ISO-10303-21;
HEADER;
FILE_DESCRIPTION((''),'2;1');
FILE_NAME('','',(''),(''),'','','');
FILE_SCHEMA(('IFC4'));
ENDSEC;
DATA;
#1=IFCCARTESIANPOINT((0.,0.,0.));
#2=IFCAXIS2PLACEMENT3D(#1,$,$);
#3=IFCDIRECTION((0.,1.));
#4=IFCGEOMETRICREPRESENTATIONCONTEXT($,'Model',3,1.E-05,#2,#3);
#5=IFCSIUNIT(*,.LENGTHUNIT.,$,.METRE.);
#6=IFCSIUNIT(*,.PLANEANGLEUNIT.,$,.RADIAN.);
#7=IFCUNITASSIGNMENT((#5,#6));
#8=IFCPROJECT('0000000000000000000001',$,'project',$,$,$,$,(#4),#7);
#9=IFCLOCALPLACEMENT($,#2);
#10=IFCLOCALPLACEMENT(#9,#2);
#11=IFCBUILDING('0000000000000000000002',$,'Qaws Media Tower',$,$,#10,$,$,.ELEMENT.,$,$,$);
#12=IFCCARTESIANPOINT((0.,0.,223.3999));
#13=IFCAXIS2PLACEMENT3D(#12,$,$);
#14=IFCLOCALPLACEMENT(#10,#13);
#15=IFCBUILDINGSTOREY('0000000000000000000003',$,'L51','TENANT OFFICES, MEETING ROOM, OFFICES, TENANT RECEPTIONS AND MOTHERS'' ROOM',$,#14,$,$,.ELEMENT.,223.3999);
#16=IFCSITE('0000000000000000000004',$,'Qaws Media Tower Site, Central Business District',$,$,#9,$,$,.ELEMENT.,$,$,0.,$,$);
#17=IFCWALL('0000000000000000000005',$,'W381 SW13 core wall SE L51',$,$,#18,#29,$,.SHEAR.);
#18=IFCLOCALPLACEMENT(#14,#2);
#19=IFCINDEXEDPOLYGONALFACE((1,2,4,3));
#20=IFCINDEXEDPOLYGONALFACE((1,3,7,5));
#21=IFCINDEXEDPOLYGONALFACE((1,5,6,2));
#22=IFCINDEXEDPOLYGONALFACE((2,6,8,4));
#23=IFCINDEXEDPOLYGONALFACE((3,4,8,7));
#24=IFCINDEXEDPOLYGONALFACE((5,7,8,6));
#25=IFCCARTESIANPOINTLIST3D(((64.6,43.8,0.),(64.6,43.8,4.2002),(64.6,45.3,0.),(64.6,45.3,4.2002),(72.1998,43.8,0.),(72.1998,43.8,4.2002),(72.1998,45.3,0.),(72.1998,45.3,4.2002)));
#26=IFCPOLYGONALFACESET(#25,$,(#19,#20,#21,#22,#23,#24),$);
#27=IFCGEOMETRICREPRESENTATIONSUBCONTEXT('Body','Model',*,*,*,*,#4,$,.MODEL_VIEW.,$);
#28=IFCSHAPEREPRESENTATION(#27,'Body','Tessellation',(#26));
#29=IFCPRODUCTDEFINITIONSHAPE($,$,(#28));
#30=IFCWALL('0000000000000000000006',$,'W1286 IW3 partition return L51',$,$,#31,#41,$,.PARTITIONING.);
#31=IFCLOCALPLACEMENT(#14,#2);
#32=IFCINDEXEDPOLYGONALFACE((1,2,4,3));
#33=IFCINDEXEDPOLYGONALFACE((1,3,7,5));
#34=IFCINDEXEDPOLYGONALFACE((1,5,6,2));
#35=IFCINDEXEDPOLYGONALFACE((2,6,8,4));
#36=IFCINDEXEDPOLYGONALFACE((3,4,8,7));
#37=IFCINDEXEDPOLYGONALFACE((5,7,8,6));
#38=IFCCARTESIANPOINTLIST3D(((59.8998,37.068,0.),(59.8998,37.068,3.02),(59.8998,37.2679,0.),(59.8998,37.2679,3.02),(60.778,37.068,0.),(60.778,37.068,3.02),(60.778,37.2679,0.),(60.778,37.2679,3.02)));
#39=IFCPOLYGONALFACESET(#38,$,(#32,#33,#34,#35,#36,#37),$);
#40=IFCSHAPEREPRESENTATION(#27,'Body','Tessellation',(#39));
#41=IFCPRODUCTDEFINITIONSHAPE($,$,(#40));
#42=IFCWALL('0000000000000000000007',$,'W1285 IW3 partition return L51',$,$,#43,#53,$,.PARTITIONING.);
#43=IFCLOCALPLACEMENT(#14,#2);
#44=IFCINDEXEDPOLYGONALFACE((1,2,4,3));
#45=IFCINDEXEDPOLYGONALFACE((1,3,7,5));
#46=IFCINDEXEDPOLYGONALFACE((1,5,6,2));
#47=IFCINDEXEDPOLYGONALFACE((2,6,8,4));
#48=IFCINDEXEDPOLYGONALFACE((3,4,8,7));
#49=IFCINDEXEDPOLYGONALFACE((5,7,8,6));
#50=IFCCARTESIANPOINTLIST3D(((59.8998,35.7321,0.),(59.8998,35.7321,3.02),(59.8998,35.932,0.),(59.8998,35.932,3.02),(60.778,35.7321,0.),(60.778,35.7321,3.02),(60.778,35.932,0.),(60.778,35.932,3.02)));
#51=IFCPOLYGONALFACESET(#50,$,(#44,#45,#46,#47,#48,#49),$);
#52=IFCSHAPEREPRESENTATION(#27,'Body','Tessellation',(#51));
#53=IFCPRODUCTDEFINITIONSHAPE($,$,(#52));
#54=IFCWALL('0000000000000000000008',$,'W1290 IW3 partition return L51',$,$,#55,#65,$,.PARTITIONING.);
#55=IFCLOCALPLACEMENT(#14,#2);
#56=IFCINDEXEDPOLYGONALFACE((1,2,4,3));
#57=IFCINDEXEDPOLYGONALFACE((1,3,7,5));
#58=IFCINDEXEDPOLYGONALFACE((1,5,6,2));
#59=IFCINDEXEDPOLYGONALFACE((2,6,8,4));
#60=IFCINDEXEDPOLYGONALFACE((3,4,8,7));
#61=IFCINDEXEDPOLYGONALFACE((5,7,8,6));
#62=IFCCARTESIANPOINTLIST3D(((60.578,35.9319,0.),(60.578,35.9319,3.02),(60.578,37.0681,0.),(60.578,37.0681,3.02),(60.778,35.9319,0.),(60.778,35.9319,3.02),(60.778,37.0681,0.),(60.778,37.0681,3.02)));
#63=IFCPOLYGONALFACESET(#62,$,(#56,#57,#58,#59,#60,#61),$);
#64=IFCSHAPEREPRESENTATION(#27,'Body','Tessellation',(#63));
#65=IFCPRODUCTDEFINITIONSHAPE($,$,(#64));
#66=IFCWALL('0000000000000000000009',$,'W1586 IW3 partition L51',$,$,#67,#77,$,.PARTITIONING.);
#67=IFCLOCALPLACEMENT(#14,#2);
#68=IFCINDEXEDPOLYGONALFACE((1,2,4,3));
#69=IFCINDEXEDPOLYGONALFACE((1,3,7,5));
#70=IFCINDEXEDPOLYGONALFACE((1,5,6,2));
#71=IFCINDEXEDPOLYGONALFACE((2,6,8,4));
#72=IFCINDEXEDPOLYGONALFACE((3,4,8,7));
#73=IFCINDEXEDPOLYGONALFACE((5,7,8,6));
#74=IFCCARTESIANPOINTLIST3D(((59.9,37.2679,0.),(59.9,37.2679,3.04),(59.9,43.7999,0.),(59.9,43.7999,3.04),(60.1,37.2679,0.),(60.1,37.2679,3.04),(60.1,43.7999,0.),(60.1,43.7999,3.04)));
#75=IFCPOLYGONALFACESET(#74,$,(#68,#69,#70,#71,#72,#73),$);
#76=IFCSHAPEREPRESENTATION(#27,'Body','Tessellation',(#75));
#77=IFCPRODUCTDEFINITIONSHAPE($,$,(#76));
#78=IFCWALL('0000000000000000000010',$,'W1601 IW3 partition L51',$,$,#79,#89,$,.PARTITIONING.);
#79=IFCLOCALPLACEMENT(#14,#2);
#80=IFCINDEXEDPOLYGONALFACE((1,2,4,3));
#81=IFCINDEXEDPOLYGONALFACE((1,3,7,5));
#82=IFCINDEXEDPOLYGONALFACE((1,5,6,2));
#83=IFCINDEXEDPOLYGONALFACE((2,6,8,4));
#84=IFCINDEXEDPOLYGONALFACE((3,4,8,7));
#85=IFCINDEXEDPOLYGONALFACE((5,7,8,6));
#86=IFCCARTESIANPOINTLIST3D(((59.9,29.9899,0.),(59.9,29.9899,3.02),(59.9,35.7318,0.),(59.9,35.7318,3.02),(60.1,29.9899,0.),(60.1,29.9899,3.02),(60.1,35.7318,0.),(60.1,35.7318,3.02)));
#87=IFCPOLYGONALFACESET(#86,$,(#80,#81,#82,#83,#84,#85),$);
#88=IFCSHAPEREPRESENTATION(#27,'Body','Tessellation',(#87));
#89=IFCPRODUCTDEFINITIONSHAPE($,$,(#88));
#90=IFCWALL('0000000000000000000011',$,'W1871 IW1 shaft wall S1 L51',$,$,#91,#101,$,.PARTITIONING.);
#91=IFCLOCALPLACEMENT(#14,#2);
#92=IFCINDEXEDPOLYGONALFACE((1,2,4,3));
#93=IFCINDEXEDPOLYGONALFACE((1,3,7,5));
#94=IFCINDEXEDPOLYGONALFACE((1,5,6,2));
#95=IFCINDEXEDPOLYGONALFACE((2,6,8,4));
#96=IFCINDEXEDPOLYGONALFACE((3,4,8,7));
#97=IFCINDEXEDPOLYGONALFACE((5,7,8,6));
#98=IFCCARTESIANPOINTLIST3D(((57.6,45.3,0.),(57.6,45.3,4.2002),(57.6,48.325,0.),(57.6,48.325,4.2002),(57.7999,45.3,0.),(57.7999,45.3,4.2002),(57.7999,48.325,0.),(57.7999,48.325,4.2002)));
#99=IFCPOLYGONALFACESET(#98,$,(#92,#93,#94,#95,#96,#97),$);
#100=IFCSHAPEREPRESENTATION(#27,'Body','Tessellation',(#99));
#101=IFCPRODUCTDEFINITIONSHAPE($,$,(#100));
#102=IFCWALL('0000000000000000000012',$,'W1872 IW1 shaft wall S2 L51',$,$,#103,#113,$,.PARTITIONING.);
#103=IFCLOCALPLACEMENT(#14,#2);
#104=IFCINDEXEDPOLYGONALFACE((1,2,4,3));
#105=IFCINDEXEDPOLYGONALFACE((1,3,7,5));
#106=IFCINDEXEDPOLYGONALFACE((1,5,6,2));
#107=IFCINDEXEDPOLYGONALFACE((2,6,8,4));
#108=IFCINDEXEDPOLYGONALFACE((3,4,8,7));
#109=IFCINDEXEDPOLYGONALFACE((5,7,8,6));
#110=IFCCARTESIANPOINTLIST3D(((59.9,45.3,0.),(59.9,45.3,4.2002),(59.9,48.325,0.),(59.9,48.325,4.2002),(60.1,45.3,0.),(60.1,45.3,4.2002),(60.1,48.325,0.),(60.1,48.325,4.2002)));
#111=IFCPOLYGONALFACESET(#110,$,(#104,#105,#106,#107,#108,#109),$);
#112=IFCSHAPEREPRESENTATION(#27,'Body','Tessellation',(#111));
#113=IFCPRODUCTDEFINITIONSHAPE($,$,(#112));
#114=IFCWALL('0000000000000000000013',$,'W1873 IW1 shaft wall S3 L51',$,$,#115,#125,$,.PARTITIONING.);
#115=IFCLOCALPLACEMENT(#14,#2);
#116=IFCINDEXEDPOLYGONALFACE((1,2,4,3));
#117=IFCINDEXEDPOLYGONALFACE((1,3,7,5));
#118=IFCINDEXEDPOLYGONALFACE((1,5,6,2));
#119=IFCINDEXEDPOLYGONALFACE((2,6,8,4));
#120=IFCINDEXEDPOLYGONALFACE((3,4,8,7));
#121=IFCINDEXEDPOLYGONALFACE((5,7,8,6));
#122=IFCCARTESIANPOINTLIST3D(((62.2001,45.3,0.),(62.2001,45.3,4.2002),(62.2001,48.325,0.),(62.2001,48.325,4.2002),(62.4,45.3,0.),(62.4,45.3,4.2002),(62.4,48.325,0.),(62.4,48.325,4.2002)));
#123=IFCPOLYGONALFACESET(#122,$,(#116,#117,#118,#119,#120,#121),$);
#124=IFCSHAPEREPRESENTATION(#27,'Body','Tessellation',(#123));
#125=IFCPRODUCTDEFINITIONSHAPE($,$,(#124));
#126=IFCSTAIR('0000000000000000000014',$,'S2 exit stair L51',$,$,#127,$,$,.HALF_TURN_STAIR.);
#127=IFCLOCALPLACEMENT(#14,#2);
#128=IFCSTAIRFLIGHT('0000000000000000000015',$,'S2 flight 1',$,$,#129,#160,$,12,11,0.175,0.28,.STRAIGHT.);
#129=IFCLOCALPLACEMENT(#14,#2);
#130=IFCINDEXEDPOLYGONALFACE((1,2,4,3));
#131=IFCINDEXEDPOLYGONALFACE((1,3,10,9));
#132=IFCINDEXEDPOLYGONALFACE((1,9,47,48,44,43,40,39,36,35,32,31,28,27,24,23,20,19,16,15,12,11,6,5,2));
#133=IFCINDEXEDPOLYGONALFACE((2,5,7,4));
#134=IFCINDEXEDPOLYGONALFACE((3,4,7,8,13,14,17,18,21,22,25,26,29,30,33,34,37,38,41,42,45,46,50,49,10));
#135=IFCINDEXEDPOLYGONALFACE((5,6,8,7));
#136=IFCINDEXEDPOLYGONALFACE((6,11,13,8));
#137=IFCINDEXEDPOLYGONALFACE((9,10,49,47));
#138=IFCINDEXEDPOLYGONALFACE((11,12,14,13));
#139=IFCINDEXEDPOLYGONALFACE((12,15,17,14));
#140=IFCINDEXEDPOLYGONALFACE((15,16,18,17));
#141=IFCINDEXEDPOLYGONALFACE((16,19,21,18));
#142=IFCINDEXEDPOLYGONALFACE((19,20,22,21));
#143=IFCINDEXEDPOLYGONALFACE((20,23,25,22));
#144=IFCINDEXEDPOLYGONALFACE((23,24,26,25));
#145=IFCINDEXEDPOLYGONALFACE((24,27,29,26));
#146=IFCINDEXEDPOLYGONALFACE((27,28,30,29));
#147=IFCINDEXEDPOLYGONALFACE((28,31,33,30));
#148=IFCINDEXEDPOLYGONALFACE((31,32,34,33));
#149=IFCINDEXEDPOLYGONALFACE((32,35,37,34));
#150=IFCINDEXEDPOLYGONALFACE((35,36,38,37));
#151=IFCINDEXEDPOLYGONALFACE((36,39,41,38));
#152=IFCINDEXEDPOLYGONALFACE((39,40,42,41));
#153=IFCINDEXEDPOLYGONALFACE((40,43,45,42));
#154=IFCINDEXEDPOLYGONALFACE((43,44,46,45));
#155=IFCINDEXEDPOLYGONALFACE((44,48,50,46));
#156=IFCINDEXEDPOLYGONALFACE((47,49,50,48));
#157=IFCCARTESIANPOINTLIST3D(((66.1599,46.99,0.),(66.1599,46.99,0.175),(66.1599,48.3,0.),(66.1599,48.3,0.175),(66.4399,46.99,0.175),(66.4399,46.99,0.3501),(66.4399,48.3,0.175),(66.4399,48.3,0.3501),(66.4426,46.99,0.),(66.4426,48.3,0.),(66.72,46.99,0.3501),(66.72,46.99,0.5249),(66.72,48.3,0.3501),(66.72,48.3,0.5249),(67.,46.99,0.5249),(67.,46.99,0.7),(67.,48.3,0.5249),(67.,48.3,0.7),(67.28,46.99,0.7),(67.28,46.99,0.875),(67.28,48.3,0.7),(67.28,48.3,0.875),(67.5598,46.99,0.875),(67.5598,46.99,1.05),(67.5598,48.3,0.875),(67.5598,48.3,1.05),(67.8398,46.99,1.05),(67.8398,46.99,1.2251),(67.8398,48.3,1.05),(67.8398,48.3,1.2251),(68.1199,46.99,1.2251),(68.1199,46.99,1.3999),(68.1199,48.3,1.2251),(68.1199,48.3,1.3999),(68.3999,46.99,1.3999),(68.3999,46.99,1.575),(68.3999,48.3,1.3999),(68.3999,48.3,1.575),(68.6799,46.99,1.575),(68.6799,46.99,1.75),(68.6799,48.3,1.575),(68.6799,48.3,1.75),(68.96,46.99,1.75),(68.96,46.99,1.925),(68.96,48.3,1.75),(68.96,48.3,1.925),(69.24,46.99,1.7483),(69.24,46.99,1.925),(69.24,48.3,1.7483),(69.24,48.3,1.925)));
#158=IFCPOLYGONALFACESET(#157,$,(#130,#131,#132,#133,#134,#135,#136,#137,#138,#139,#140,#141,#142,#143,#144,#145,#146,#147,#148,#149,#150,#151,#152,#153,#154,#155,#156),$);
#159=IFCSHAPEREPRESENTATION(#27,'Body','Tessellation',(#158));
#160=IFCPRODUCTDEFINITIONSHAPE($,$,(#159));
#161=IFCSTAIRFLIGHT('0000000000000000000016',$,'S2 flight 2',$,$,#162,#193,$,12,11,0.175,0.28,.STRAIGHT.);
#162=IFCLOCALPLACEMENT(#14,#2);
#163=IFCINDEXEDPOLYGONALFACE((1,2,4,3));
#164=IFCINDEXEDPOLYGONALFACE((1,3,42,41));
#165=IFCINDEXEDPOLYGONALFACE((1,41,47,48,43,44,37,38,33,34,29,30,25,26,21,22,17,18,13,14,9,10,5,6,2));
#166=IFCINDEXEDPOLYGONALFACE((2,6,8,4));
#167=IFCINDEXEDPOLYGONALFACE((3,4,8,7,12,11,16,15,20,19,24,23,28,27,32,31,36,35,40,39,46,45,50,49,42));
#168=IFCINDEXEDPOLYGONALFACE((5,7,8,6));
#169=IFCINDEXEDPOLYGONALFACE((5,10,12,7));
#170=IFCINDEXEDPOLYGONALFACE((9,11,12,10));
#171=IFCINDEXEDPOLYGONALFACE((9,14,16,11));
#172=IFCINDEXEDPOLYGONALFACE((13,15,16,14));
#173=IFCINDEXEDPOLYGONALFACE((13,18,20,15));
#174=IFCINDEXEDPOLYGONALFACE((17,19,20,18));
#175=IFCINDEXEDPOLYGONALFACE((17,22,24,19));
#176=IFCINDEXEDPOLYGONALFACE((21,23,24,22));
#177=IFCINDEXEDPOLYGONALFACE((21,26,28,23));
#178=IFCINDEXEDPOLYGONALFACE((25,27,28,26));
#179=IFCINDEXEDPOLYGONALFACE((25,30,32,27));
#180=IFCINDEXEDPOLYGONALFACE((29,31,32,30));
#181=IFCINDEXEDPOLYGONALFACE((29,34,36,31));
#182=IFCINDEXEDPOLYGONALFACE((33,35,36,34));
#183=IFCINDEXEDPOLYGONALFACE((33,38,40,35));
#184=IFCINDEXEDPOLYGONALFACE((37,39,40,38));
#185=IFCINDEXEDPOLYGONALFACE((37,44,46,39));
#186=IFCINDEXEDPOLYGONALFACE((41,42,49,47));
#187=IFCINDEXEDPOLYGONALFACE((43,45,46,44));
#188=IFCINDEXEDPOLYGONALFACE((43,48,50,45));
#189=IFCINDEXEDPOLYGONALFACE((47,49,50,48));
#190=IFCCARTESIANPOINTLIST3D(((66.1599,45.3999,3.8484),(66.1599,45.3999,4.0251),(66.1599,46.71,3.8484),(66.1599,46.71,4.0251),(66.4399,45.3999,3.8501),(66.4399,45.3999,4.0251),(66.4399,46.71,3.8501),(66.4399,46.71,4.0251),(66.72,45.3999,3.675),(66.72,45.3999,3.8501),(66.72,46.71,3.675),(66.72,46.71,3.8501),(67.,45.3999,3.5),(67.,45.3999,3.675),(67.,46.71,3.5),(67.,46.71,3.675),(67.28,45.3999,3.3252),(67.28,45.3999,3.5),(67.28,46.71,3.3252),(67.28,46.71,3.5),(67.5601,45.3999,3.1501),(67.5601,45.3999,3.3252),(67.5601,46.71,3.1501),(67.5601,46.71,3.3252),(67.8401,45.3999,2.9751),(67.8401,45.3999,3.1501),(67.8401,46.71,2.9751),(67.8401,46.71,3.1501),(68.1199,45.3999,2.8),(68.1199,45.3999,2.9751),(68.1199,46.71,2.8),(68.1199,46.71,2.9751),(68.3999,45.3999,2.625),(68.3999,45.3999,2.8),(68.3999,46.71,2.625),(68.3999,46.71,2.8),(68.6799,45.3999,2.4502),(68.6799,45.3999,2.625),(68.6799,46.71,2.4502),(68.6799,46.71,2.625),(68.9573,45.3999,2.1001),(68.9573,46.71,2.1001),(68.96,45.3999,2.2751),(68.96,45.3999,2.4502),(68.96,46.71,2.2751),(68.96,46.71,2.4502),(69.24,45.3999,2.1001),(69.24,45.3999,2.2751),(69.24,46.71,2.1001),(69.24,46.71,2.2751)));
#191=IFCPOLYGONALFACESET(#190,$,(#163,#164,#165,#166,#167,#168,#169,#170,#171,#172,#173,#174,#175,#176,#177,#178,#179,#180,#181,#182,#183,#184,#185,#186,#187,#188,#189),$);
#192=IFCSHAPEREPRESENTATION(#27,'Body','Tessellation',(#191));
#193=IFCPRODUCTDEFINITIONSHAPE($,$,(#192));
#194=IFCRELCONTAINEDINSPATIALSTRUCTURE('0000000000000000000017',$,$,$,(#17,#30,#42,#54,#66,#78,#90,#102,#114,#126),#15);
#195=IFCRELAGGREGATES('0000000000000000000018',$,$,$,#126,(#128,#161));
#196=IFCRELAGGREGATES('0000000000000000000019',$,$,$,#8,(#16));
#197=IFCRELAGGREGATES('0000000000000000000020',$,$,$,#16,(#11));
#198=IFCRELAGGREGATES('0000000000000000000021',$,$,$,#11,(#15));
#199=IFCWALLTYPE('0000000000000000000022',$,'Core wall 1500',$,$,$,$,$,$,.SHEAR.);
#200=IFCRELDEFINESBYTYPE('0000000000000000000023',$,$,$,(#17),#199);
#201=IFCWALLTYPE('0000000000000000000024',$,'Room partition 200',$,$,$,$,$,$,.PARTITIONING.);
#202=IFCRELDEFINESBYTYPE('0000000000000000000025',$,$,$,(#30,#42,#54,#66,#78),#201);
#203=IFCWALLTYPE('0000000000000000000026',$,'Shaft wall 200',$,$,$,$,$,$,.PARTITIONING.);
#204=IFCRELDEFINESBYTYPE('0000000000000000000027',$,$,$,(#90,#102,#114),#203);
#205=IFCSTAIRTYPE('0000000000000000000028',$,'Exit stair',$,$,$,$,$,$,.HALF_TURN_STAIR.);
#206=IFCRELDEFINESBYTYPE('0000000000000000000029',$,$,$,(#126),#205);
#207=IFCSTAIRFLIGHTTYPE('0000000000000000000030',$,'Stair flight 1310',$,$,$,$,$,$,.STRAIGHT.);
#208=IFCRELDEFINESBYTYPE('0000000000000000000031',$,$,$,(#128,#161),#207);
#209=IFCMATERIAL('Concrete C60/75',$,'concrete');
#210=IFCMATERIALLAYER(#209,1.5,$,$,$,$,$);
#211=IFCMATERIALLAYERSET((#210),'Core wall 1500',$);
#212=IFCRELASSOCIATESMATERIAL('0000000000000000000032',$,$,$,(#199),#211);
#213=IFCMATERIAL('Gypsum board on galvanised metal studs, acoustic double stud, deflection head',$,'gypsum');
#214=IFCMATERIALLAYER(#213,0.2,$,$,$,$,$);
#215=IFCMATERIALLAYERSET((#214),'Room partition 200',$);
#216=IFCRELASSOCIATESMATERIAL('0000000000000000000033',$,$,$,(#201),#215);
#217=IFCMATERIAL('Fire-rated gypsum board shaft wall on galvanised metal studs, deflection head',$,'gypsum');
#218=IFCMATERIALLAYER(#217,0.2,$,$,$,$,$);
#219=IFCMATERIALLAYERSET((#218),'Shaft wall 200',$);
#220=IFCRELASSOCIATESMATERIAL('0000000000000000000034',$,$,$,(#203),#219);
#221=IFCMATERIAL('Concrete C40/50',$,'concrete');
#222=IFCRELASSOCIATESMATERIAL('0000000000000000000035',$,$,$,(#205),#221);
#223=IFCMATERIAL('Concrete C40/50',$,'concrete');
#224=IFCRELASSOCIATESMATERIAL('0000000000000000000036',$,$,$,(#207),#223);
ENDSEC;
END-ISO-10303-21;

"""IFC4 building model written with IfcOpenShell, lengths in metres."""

from ifc_helpers import new_model, si_unit, direction, frame, frame_2d, origin, place, context, subcontext, project, spatial, polyline, rectangle, outline, extrude, material, layer, layer_set, type_object, element, aggregate, save


model = new_model("IFC4")

# Units and contexts
model_context = context("Model", 3, precision=1e-05, world=origin(), true_north=direction((0.0, 1.0)))
body_context = subcontext(model_context, "Body", "Model", "MODEL_VIEW")
ifc_project = project(units=[si_unit("LENGTHUNIT", "METRE"), si_unit("PLANEANGLEUNIT", "RADIAN")], contexts=[model_context])

# Site, building, storey
site_placement = place(None, origin())
site = spatial("IfcSite", under=ifc_project, at=site_placement, Name="Qaws Media Tower Site, Central Business District", CompositionType="ELEMENT", RefElevation=0.0)
building_placement = place(site_placement, origin())
building = spatial("IfcBuilding", under=site, at=building_placement, Name="Qaws Media Tower", CompositionType="ELEMENT")
storey_placement = place(building_placement, frame((0.0, 0.0, 223.3999)))
storey = spatial("IfcBuildingStorey", under=building, at=storey_placement, Name="L51", Description="TENANT OFFICES, MEETING ROOM, OFFICES, TENANT RECEPTIONS AND MOTHERS' ROOM", CompositionType="ELEMENT", Elevation=223.3999)

# Walls
ifc_material_1 = material(Name="Concrete C60/75", Category="concrete")
ifc_layer_1 = layer(ifc_material_1, 1.5)
ifc_layer_set_1 = layer_set([ifc_layer_1], Name="Core wall 1500")
wall_type_1 = type_object("IfcWallType", Name="Core wall 1500", PredefinedType="SHEAR", material=ifc_layer_set_1)
wall_1_placement = place(storey_placement, frame((64.6001, 44.55, 0.0), z_axis=(0.0, 0.0, 1.0), x_axis=(1.0, 0.0, 0.0)))
element("IfcWall", 1, at=wall_1_placement, inside=storey, type_object=wall_type_1, Name="W381 SW13 core wall SE L51", PredefinedType="SHEAR", context=body_context, shape_type="SweptSolid", body=[
    extrude(rectangle(XDim=7.5999, YDim=1.5, at=frame_2d((3.7998, 0.0))), origin(), (0.0, 0.0, 1.0), 4.2002),
])
ifc_material_2 = material(Name="Gypsum board on galvanised metal studs, acoustic double stud, deflection head", Category="gypsum")
ifc_layer_2 = layer(ifc_material_2, 0.2)
ifc_layer_set_2 = layer_set([ifc_layer_2], Name="Room partition 200")
wall_type_2 = type_object("IfcWallType", Name="Room partition 200", PredefinedType="PARTITIONING", material=ifc_layer_set_2)
for number, where, z_axis, x_axis, name in (
    (2, (59.8999, 37.168, 0.0), (0.0, 0.0, 1.0), (1.0, 0.0, 0.0), "W1286 IW3 partition return L51"),
    (3, (59.8999, 35.832, 0.0), (0.0, 0.0, 1.0), (1.0, 0.0, 0.0), "W1285 IW3 partition return L51"),
):
    element("IfcWall", number, at=place(storey_placement, frame(where, z_axis=z_axis, x_axis=x_axis)), inside=storey, type_object=wall_type_2, Name=name, PredefinedType="PARTITIONING", context=body_context, shape_type="SweptSolid", body=[
        extrude(rectangle(XDim=0.8782, YDim=0.2, at=frame_2d((0.439, 0.0))), origin(), (0.0, 0.0, 1.0), 3.02),
    ])
wall_2_placement = place(storey_placement, frame((60.678, 37.0681, 0.0), z_axis=(0.0, 0.0, 1.0), x_axis=(0.0, -1.0, 0.0)))
element("IfcWall", 4, at=wall_2_placement, inside=storey, type_object=wall_type_2, Name="W1290 IW3 partition return L51", PredefinedType="PARTITIONING", context=body_context, shape_type="SweptSolid", body=[
    extrude(rectangle(XDim=1.1362, YDim=0.2, at=frame_2d((0.5681, 0.0))), origin(), (0.0, 0.0, 1.0), 3.02),
])
wall_3_placement = place(storey_placement, frame((60.0, 43.8, 0.0), z_axis=(0.0, 0.0, 1.0), x_axis=(0.0, -1.0, 0.0)))
element("IfcWall", 5, at=wall_3_placement, inside=storey, type_object=wall_type_2, Name="W1586 IW3 partition L51", PredefinedType="PARTITIONING", context=body_context, shape_type="SweptSolid", body=[
    extrude(rectangle(XDim=6.532, YDim=0.2, at=frame_2d((3.2661, 0.0))), origin(), (0.0, 0.0, 1.0), 3.04),
])
wall_4_placement = place(storey_placement, frame((60.0, 35.7319, 0.0), z_axis=(0.0, 0.0, 1.0), x_axis=(0.0, -1.0, 0.0)))
element("IfcWall", 6, at=wall_4_placement, inside=storey, type_object=wall_type_2, Name="W1601 IW3 partition L51", PredefinedType="PARTITIONING", context=body_context, shape_type="SweptSolid", body=[
    extrude(rectangle(XDim=5.7419, YDim=0.2, at=frame_2d((2.8711, 0.0))), origin(), (0.0, 0.0, 1.0), 3.02),
])
ifc_material_3 = material(Name="Fire-rated gypsum board shaft wall on galvanised metal studs, deflection head", Category="gypsum")
ifc_layer_3 = layer(ifc_material_3, 0.2)
ifc_layer_set_3 = layer_set([ifc_layer_3], Name="Shaft wall 200")
wall_type_3 = type_object("IfcWallType", Name="Shaft wall 200", PredefinedType="PARTITIONING", material=ifc_layer_set_3)
for number, where, z_axis, x_axis, name in (
    (7, (57.7, 45.3, 0.0), (0.0, 0.0, 1.0), (0.0, 1.0, 0.0), "W1871 IW1 shaft wall S1 L51"),
    (8, (60.0, 45.3, 0.0), (0.0, 0.0, 1.0), (0.0, 1.0, 0.0), "W1872 IW1 shaft wall S2 L51"),
    (9, (62.3, 45.3, 0.0), (0.0, 0.0, 1.0), (0.0, 1.0, 0.0), "W1873 IW1 shaft wall S3 L51"),
):
    element("IfcWall", number, at=place(storey_placement, frame(where, z_axis=z_axis, x_axis=x_axis)), inside=storey, type_object=wall_type_3, Name=name, PredefinedType="PARTITIONING", context=body_context, shape_type="SweptSolid", body=[
        extrude(rectangle(XDim=3.0249, YDim=0.2, at=frame_2d((1.5125, 0.0))), origin(), (0.0, 0.0, 1.0), 4.2002),
    ])

# Stair, stair flights
ifc_material_4 = material(Name="Concrete C40/50", Category="concrete")
stair_type = type_object("IfcStairType", Name="Exit stair", PredefinedType="HALF_TURN_STAIR", material=ifc_material_4)
stair_placement = place(storey_placement, origin())
stair = element("IfcStair", 10, at=stair_placement, inside=storey, type_object=stair_type, Name="S2 exit stair L51", PredefinedType="HALF_TURN_STAIR")
ifc_material_5 = material(Name="Concrete C40/50", Category="concrete")
stair_flight_type = type_object("IfcStairFlightType", Name="Stair flight 1310", PredefinedType="STRAIGHT", material=ifc_material_5)
stair_flight_1_placement = place(storey_placement, frame((66.1599, 47.645, 0.0), z_axis=(0.0, 0.0, 1.0), x_axis=(1.0, 0.0, 0.0)))
stair_flight_1 = element("IfcStairFlight", 11, at=stair_flight_1_placement, type_object=stair_flight_type, Name="S2 flight 1", NumberOfRisers=12, NumberOfTreads=11, PredefinedType="STRAIGHT", RiserHeight=0.175, TreadLength=0.28, context=body_context, shape_type="SweptSolid", body=[
    extrude(outline(polyline([(0.0, 0.0), (0.0, 0.175), (0.28, 0.175), (0.28, 0.3501), (0.5601, 0.3501), (0.5601, 0.5249), (0.8401, 0.5249), (0.8401, 0.7), (1.1201, 0.7), (1.1201, 0.875), (1.3999, 0.875), (1.3999, 1.05), (1.6799, 1.05), (1.6799, 1.2251), (1.96, 1.2251), (1.96, 1.3999), (2.24, 1.3999), (2.24, 1.575), (2.52, 1.575), (2.52, 1.75), (2.8, 1.75), (2.8, 1.925), (3.0801, 1.925), (3.0801, 2.1001), (3.0801, 1.7483), (0.2827, 0.0), (0.0, 0.0)])), frame((0.0, 0.655, 0.0), z_axis=(0.0, -1.0, 0.0), x_axis=(1.0, 0.0, 0.0)), (0.0, 0.0, 1.0), 1.3101),
])
stair_flight_2_placement = place(storey_placement, frame((69.24, 46.0549, 2.1001), z_axis=(0.0, 0.0, 1.0), x_axis=(-1.0, 0.0, 0.0)))
stair_flight_2 = element("IfcStairFlight", 12, at=stair_flight_2_placement, type_object=stair_flight_type, Name="S2 flight 2", NumberOfRisers=12, NumberOfTreads=11, PredefinedType="STRAIGHT", RiserHeight=0.175, TreadLength=0.28, context=body_context, shape_type="SweptSolid", body=[
    extrude(outline(polyline([(0.0, 0.0), (0.0, 0.175), (0.28, 0.175), (0.28, 0.3501), (0.5601, 0.3501), (0.5601, 0.5249), (0.8401, 0.5249), (0.8401, 0.7), (1.1201, 0.7), (1.1201, 0.875), (1.3999, 0.875), (1.3999, 1.05), (1.6799, 1.05), (1.6799, 1.2251), (1.96, 1.2251), (1.96, 1.3999), (2.24, 1.3999), (2.24, 1.575), (2.52, 1.575), (2.52, 1.75), (2.8, 1.75), (2.8, 1.925), (3.0801, 1.925), (3.0801, 2.1001), (3.0801, 1.7483), (0.2827, 0.0), (0.0, 0.0)])), frame((0.0, 0.655, 0.0), z_axis=(0.0, -1.0, 0.0), x_axis=(1.0, 0.0, 0.0)), (0.0, 0.0, 1.0), 1.3101),
])
aggregate(stair, [stair_flight_1, stair_flight_2])

save(model, "model.ifc")
